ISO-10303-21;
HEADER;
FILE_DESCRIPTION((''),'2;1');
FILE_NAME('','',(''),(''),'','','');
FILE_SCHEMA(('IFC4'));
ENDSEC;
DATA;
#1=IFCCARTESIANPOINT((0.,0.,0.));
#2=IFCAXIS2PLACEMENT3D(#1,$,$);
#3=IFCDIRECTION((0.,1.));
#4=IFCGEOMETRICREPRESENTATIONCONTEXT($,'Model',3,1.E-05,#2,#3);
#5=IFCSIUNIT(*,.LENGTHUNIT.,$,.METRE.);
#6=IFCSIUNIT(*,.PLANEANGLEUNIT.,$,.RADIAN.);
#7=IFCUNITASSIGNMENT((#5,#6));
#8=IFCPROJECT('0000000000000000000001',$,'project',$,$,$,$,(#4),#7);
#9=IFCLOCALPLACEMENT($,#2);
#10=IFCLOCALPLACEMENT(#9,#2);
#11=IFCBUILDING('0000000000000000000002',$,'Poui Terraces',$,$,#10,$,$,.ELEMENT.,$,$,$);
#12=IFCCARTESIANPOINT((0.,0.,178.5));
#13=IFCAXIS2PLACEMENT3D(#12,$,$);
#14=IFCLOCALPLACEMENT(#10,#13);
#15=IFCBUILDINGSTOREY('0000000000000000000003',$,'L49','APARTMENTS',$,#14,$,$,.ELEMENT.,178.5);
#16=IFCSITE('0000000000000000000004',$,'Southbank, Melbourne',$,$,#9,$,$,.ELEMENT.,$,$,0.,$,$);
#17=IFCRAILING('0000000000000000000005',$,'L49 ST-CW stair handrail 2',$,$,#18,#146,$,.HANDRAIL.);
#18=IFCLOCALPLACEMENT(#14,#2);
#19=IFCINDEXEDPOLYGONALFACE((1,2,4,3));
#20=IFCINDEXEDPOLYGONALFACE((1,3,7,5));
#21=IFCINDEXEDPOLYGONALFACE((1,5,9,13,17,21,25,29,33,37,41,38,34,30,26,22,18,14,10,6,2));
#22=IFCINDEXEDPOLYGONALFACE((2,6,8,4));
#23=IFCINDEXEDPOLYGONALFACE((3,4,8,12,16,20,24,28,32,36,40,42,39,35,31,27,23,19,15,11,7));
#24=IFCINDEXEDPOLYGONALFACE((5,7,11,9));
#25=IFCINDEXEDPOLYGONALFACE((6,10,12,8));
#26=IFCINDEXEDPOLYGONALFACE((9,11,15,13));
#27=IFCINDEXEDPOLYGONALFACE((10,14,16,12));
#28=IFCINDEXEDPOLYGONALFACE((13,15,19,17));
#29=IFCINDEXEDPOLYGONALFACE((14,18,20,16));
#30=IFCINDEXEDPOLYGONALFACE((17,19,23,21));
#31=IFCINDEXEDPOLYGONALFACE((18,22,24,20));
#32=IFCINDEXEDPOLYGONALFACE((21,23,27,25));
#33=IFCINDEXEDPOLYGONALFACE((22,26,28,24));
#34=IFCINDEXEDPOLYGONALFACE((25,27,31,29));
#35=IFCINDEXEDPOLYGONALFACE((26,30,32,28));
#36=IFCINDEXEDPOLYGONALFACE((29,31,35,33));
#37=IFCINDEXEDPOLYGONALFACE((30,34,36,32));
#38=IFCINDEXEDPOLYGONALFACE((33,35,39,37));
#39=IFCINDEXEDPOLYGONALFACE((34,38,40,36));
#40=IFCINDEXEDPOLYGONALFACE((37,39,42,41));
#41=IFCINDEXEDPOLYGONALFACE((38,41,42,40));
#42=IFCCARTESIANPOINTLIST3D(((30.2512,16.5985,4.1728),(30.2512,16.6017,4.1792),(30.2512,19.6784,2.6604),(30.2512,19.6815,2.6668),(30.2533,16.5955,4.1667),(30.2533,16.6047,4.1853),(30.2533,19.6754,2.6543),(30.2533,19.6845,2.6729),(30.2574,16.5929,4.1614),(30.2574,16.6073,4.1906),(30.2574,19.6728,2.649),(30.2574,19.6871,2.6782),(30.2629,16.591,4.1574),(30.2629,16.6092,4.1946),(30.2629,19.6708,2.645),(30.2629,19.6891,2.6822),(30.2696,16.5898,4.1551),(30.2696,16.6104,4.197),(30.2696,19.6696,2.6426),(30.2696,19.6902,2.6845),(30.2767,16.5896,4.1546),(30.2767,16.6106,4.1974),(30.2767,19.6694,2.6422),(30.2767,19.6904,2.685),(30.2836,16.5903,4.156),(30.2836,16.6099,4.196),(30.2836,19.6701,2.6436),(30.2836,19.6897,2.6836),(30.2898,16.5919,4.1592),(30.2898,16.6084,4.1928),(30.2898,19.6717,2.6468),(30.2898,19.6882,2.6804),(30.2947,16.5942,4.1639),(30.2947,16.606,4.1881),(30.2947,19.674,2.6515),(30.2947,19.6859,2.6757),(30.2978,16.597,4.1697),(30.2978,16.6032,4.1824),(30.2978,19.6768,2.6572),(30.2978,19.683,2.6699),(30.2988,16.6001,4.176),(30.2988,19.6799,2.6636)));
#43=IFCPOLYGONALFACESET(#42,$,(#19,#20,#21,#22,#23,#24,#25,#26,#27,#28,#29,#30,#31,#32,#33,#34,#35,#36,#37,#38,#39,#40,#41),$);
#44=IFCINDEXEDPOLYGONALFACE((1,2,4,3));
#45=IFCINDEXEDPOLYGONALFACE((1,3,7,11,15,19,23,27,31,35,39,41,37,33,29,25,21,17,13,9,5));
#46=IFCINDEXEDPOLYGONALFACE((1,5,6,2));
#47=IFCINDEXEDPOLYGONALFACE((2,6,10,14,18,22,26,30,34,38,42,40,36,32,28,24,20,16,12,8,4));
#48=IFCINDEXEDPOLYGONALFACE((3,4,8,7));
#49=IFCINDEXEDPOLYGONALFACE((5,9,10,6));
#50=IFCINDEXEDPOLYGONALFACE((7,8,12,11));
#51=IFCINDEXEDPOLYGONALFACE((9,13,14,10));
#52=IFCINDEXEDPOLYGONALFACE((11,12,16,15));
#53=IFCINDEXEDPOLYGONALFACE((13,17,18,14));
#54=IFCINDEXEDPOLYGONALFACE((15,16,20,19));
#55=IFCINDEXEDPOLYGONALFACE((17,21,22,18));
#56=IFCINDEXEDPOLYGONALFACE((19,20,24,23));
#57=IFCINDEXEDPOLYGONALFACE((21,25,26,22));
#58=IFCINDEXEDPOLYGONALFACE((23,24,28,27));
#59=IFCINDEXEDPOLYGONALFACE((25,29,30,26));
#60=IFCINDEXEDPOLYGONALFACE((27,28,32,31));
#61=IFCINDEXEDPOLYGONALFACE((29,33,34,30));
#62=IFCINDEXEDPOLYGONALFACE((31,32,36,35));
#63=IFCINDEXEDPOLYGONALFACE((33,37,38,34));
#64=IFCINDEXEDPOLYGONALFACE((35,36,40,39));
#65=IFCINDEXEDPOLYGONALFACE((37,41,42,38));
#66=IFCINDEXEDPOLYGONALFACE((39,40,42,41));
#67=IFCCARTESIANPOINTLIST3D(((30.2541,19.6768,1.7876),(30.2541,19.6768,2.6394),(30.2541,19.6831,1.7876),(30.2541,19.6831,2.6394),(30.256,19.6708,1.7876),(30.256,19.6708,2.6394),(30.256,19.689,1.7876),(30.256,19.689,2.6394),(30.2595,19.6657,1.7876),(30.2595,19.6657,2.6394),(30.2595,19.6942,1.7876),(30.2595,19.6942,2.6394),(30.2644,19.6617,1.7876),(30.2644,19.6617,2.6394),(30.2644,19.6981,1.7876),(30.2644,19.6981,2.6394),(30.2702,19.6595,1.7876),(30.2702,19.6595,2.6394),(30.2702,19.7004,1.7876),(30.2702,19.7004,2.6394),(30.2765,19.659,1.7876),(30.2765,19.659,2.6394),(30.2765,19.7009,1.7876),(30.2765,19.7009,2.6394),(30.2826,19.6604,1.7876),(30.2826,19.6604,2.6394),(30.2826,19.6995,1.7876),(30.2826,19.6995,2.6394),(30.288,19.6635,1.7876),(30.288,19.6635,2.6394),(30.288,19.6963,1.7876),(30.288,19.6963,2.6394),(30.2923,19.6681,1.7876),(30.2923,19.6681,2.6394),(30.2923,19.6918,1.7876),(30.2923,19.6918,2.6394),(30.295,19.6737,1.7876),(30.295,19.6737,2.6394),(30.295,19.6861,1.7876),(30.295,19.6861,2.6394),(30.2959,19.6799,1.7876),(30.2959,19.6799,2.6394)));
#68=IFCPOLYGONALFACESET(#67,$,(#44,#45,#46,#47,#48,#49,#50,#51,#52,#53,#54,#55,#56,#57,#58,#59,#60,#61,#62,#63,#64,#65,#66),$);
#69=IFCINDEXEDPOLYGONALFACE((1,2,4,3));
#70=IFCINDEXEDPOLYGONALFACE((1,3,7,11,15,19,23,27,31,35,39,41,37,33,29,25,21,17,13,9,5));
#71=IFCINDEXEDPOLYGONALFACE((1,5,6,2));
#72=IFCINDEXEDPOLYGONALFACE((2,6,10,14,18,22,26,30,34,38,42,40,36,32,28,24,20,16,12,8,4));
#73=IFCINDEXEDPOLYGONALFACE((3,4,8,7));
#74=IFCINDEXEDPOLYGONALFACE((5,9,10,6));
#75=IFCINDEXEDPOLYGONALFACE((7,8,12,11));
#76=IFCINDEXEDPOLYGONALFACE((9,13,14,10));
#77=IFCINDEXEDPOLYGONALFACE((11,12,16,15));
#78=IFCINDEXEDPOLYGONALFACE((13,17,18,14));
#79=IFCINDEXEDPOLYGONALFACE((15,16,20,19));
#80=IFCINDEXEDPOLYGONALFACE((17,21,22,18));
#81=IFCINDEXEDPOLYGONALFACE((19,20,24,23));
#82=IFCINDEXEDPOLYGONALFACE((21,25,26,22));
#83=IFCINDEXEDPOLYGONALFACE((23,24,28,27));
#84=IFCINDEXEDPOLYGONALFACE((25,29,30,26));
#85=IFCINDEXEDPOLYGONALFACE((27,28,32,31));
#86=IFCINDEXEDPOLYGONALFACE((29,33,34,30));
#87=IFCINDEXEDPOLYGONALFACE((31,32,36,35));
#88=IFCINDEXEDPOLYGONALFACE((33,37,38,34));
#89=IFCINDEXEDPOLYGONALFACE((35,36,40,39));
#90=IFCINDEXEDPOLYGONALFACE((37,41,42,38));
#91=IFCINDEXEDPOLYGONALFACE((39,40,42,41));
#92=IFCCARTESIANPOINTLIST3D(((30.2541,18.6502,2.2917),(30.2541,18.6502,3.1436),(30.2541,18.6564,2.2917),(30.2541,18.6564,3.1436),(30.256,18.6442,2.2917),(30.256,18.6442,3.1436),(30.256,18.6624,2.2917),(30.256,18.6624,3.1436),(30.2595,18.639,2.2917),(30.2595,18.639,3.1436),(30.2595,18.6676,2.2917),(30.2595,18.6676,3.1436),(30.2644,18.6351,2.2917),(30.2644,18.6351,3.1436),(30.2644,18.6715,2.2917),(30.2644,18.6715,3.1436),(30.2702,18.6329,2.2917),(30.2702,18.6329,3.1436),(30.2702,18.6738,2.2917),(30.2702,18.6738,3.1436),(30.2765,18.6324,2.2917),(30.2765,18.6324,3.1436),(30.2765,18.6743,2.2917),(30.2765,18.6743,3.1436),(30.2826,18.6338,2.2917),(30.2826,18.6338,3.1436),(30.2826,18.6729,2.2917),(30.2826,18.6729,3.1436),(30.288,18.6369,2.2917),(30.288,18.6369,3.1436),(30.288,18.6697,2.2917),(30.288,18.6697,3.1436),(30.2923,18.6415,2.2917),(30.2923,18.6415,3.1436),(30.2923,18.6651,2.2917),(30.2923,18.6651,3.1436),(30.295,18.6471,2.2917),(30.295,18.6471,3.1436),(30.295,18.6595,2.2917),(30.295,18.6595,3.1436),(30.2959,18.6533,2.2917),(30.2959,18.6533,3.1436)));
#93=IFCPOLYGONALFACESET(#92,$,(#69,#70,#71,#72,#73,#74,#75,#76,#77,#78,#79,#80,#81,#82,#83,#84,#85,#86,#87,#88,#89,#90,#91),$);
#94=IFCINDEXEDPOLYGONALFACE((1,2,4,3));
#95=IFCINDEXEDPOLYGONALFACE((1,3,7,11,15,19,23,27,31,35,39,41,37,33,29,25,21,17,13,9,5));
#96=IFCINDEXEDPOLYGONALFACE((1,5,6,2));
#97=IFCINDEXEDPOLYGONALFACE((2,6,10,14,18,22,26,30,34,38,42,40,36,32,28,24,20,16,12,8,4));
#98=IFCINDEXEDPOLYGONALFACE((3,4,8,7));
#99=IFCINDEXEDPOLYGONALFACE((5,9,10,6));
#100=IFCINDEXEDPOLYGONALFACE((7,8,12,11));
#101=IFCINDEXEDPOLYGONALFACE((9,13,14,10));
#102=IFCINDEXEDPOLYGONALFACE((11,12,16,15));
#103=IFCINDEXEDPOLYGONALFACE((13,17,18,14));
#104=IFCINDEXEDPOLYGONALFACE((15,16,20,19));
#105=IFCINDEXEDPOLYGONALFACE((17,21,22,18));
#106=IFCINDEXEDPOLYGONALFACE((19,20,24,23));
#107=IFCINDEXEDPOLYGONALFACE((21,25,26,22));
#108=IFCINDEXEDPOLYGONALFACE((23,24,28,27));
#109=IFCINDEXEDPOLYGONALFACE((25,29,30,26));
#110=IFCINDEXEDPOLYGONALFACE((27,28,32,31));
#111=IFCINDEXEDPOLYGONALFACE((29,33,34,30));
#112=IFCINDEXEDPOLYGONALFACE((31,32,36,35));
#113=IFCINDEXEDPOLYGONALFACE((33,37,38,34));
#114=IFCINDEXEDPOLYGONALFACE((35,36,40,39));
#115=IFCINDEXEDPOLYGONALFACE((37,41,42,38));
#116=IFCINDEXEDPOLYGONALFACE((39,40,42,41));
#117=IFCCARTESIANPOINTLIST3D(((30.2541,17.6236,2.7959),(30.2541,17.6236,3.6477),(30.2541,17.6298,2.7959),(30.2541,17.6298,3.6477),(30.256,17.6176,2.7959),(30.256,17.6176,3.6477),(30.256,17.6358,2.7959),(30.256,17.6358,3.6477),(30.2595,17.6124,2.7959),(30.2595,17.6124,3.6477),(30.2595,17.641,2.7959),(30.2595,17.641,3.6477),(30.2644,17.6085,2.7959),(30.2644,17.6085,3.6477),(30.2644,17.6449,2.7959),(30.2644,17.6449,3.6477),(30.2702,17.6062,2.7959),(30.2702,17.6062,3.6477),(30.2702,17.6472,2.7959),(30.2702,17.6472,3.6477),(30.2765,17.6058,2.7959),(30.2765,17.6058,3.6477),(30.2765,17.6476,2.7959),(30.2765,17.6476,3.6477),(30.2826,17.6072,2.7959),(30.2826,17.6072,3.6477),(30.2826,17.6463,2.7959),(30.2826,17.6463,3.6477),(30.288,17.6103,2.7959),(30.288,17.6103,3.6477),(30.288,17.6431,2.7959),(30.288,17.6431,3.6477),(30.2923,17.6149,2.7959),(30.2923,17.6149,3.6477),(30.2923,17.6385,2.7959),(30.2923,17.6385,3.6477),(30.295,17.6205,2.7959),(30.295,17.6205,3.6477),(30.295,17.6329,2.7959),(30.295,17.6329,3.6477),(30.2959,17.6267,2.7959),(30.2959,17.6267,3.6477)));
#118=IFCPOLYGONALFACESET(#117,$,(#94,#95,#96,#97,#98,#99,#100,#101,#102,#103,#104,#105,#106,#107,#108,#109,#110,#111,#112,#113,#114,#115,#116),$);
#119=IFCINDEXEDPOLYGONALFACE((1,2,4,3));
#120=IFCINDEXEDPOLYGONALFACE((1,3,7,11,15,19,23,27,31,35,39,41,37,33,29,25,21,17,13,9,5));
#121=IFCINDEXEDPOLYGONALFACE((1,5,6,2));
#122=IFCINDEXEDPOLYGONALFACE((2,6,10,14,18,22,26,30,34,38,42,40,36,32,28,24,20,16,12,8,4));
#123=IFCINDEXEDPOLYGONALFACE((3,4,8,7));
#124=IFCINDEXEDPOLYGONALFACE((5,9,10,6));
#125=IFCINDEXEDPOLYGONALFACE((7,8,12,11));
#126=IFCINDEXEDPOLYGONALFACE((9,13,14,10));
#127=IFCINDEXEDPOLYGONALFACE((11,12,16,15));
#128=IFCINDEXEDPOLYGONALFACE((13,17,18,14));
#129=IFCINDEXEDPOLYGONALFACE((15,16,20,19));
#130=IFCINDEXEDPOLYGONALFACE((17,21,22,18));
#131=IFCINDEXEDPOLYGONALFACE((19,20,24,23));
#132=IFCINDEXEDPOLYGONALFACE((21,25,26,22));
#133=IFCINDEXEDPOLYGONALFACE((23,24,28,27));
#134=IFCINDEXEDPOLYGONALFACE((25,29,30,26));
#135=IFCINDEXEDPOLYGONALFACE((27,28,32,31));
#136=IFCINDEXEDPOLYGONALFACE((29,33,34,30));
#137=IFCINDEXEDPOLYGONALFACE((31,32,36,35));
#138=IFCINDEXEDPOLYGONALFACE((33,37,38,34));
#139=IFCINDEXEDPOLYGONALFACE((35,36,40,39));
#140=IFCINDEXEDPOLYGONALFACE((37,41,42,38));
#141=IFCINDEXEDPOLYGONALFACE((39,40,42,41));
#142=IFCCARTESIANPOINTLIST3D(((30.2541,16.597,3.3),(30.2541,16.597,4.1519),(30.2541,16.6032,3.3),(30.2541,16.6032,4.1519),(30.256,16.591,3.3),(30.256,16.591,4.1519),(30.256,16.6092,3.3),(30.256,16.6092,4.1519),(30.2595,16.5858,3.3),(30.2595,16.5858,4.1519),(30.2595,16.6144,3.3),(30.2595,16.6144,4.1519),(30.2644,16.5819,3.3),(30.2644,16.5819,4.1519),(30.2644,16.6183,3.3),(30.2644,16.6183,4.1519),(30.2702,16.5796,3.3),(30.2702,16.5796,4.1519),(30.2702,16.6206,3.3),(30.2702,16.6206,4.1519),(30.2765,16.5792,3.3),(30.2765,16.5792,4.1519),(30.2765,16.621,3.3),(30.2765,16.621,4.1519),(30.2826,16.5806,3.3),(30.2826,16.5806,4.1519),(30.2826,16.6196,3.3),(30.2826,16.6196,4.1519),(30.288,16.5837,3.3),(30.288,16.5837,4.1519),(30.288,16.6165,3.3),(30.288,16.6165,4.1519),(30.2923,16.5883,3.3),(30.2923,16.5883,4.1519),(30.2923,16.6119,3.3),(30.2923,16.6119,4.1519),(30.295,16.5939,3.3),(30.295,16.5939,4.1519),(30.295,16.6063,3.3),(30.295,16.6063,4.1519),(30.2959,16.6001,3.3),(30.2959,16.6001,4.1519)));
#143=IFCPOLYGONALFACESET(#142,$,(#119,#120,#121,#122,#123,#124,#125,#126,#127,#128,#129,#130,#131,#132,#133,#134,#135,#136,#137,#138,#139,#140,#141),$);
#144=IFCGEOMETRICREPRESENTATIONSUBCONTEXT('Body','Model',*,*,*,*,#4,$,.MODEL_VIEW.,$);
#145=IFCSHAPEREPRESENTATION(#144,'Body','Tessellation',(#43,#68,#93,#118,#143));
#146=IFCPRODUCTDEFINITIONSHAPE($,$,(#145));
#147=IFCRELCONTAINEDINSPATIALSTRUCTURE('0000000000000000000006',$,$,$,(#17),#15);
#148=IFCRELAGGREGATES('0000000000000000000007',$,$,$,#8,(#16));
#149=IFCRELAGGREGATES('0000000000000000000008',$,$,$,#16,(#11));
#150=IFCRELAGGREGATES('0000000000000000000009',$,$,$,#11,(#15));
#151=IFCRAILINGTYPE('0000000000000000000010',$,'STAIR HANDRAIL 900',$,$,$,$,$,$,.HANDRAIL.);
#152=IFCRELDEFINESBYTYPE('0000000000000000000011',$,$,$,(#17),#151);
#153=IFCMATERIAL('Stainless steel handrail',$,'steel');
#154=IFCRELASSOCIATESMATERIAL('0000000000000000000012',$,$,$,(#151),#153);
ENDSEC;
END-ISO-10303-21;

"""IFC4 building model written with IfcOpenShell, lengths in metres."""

from ifc_helpers import new_model, si_unit, direction, frame, origin, origin_2d, place, context, subcontext, project, spatial, circle, extrude, material, type_object, element, save


model = new_model("IFC4")

# Units and contexts
model_context = context("Model", 3, precision=1e-05, world=origin(), true_north=direction((0.0, 1.0)))
body_context = subcontext(model_context, "Body", "Model", "MODEL_VIEW")
ifc_project = project(units=[si_unit("LENGTHUNIT", "METRE"), si_unit("PLANEANGLEUNIT", "RADIAN")], contexts=[model_context])

# Site, building, storey
site_placement = place(None, origin())
site = spatial("IfcSite", under=ifc_project, at=site_placement, Name="Southbank, Melbourne", CompositionType="ELEMENT", RefElevation=0.0)
building_placement = place(site_placement, origin())
building = spatial("IfcBuilding", under=site, at=building_placement, Name="Poui Terraces", CompositionType="ELEMENT")
storey_placement = place(building_placement, frame((0.0, 0.0, 178.5)))
storey = spatial("IfcBuildingStorey", under=building, at=storey_placement, Name="L49", Description="APARTMENTS", CompositionType="ELEMENT", Elevation=178.5)

# Railing
ifc_material_1 = material(Name="Stainless steel handrail", Category="steel")
railing_type_1 = type_object("IfcRailingType", Name="STAIR HANDRAIL 900", PredefinedType="HANDRAIL", material=ifc_material_1)
railing_1_placement = place(storey_placement, frame((30.2749, 19.6799, 1.7876)))
element("IfcRailing", 1, at=railing_1_placement, inside=storey, type_object=railing_type_1, Name="L49 ST-CW stair handrail 2", PredefinedType="HANDRAIL", context=body_context, shape_type="SweptSolid", body=[
    extrude(circle(Radius=0.0239, at=origin_2d()), frame((0.0, 0.0, 0.876), z_axis=(0.0, -0.897606, 0.440798), x_axis=(1.0, 0.0, 0.0)), (0.0, 0.0, 1.0), 3.4312),
    extrude(circle(Radius=0.021, at=origin_2d()), origin(), (0.0, 0.0, 1.0), 0.8518),
    extrude(circle(Radius=0.021, at=origin_2d()), frame((0.0, -1.0266, 0.5042)), (0.0, 0.0, 1.0), 0.8518),
    extrude(circle(Radius=0.021, at=origin_2d()), frame((0.0, -2.0532, 1.0083)), (0.0, 0.0, 1.0), 0.8518),
    extrude(circle(Radius=0.021, at=origin_2d()), frame((0.0, -3.0798, 1.5125)), (0.0, 0.0, 1.0), 0.8518),
])

save(model, "model.ifc")
